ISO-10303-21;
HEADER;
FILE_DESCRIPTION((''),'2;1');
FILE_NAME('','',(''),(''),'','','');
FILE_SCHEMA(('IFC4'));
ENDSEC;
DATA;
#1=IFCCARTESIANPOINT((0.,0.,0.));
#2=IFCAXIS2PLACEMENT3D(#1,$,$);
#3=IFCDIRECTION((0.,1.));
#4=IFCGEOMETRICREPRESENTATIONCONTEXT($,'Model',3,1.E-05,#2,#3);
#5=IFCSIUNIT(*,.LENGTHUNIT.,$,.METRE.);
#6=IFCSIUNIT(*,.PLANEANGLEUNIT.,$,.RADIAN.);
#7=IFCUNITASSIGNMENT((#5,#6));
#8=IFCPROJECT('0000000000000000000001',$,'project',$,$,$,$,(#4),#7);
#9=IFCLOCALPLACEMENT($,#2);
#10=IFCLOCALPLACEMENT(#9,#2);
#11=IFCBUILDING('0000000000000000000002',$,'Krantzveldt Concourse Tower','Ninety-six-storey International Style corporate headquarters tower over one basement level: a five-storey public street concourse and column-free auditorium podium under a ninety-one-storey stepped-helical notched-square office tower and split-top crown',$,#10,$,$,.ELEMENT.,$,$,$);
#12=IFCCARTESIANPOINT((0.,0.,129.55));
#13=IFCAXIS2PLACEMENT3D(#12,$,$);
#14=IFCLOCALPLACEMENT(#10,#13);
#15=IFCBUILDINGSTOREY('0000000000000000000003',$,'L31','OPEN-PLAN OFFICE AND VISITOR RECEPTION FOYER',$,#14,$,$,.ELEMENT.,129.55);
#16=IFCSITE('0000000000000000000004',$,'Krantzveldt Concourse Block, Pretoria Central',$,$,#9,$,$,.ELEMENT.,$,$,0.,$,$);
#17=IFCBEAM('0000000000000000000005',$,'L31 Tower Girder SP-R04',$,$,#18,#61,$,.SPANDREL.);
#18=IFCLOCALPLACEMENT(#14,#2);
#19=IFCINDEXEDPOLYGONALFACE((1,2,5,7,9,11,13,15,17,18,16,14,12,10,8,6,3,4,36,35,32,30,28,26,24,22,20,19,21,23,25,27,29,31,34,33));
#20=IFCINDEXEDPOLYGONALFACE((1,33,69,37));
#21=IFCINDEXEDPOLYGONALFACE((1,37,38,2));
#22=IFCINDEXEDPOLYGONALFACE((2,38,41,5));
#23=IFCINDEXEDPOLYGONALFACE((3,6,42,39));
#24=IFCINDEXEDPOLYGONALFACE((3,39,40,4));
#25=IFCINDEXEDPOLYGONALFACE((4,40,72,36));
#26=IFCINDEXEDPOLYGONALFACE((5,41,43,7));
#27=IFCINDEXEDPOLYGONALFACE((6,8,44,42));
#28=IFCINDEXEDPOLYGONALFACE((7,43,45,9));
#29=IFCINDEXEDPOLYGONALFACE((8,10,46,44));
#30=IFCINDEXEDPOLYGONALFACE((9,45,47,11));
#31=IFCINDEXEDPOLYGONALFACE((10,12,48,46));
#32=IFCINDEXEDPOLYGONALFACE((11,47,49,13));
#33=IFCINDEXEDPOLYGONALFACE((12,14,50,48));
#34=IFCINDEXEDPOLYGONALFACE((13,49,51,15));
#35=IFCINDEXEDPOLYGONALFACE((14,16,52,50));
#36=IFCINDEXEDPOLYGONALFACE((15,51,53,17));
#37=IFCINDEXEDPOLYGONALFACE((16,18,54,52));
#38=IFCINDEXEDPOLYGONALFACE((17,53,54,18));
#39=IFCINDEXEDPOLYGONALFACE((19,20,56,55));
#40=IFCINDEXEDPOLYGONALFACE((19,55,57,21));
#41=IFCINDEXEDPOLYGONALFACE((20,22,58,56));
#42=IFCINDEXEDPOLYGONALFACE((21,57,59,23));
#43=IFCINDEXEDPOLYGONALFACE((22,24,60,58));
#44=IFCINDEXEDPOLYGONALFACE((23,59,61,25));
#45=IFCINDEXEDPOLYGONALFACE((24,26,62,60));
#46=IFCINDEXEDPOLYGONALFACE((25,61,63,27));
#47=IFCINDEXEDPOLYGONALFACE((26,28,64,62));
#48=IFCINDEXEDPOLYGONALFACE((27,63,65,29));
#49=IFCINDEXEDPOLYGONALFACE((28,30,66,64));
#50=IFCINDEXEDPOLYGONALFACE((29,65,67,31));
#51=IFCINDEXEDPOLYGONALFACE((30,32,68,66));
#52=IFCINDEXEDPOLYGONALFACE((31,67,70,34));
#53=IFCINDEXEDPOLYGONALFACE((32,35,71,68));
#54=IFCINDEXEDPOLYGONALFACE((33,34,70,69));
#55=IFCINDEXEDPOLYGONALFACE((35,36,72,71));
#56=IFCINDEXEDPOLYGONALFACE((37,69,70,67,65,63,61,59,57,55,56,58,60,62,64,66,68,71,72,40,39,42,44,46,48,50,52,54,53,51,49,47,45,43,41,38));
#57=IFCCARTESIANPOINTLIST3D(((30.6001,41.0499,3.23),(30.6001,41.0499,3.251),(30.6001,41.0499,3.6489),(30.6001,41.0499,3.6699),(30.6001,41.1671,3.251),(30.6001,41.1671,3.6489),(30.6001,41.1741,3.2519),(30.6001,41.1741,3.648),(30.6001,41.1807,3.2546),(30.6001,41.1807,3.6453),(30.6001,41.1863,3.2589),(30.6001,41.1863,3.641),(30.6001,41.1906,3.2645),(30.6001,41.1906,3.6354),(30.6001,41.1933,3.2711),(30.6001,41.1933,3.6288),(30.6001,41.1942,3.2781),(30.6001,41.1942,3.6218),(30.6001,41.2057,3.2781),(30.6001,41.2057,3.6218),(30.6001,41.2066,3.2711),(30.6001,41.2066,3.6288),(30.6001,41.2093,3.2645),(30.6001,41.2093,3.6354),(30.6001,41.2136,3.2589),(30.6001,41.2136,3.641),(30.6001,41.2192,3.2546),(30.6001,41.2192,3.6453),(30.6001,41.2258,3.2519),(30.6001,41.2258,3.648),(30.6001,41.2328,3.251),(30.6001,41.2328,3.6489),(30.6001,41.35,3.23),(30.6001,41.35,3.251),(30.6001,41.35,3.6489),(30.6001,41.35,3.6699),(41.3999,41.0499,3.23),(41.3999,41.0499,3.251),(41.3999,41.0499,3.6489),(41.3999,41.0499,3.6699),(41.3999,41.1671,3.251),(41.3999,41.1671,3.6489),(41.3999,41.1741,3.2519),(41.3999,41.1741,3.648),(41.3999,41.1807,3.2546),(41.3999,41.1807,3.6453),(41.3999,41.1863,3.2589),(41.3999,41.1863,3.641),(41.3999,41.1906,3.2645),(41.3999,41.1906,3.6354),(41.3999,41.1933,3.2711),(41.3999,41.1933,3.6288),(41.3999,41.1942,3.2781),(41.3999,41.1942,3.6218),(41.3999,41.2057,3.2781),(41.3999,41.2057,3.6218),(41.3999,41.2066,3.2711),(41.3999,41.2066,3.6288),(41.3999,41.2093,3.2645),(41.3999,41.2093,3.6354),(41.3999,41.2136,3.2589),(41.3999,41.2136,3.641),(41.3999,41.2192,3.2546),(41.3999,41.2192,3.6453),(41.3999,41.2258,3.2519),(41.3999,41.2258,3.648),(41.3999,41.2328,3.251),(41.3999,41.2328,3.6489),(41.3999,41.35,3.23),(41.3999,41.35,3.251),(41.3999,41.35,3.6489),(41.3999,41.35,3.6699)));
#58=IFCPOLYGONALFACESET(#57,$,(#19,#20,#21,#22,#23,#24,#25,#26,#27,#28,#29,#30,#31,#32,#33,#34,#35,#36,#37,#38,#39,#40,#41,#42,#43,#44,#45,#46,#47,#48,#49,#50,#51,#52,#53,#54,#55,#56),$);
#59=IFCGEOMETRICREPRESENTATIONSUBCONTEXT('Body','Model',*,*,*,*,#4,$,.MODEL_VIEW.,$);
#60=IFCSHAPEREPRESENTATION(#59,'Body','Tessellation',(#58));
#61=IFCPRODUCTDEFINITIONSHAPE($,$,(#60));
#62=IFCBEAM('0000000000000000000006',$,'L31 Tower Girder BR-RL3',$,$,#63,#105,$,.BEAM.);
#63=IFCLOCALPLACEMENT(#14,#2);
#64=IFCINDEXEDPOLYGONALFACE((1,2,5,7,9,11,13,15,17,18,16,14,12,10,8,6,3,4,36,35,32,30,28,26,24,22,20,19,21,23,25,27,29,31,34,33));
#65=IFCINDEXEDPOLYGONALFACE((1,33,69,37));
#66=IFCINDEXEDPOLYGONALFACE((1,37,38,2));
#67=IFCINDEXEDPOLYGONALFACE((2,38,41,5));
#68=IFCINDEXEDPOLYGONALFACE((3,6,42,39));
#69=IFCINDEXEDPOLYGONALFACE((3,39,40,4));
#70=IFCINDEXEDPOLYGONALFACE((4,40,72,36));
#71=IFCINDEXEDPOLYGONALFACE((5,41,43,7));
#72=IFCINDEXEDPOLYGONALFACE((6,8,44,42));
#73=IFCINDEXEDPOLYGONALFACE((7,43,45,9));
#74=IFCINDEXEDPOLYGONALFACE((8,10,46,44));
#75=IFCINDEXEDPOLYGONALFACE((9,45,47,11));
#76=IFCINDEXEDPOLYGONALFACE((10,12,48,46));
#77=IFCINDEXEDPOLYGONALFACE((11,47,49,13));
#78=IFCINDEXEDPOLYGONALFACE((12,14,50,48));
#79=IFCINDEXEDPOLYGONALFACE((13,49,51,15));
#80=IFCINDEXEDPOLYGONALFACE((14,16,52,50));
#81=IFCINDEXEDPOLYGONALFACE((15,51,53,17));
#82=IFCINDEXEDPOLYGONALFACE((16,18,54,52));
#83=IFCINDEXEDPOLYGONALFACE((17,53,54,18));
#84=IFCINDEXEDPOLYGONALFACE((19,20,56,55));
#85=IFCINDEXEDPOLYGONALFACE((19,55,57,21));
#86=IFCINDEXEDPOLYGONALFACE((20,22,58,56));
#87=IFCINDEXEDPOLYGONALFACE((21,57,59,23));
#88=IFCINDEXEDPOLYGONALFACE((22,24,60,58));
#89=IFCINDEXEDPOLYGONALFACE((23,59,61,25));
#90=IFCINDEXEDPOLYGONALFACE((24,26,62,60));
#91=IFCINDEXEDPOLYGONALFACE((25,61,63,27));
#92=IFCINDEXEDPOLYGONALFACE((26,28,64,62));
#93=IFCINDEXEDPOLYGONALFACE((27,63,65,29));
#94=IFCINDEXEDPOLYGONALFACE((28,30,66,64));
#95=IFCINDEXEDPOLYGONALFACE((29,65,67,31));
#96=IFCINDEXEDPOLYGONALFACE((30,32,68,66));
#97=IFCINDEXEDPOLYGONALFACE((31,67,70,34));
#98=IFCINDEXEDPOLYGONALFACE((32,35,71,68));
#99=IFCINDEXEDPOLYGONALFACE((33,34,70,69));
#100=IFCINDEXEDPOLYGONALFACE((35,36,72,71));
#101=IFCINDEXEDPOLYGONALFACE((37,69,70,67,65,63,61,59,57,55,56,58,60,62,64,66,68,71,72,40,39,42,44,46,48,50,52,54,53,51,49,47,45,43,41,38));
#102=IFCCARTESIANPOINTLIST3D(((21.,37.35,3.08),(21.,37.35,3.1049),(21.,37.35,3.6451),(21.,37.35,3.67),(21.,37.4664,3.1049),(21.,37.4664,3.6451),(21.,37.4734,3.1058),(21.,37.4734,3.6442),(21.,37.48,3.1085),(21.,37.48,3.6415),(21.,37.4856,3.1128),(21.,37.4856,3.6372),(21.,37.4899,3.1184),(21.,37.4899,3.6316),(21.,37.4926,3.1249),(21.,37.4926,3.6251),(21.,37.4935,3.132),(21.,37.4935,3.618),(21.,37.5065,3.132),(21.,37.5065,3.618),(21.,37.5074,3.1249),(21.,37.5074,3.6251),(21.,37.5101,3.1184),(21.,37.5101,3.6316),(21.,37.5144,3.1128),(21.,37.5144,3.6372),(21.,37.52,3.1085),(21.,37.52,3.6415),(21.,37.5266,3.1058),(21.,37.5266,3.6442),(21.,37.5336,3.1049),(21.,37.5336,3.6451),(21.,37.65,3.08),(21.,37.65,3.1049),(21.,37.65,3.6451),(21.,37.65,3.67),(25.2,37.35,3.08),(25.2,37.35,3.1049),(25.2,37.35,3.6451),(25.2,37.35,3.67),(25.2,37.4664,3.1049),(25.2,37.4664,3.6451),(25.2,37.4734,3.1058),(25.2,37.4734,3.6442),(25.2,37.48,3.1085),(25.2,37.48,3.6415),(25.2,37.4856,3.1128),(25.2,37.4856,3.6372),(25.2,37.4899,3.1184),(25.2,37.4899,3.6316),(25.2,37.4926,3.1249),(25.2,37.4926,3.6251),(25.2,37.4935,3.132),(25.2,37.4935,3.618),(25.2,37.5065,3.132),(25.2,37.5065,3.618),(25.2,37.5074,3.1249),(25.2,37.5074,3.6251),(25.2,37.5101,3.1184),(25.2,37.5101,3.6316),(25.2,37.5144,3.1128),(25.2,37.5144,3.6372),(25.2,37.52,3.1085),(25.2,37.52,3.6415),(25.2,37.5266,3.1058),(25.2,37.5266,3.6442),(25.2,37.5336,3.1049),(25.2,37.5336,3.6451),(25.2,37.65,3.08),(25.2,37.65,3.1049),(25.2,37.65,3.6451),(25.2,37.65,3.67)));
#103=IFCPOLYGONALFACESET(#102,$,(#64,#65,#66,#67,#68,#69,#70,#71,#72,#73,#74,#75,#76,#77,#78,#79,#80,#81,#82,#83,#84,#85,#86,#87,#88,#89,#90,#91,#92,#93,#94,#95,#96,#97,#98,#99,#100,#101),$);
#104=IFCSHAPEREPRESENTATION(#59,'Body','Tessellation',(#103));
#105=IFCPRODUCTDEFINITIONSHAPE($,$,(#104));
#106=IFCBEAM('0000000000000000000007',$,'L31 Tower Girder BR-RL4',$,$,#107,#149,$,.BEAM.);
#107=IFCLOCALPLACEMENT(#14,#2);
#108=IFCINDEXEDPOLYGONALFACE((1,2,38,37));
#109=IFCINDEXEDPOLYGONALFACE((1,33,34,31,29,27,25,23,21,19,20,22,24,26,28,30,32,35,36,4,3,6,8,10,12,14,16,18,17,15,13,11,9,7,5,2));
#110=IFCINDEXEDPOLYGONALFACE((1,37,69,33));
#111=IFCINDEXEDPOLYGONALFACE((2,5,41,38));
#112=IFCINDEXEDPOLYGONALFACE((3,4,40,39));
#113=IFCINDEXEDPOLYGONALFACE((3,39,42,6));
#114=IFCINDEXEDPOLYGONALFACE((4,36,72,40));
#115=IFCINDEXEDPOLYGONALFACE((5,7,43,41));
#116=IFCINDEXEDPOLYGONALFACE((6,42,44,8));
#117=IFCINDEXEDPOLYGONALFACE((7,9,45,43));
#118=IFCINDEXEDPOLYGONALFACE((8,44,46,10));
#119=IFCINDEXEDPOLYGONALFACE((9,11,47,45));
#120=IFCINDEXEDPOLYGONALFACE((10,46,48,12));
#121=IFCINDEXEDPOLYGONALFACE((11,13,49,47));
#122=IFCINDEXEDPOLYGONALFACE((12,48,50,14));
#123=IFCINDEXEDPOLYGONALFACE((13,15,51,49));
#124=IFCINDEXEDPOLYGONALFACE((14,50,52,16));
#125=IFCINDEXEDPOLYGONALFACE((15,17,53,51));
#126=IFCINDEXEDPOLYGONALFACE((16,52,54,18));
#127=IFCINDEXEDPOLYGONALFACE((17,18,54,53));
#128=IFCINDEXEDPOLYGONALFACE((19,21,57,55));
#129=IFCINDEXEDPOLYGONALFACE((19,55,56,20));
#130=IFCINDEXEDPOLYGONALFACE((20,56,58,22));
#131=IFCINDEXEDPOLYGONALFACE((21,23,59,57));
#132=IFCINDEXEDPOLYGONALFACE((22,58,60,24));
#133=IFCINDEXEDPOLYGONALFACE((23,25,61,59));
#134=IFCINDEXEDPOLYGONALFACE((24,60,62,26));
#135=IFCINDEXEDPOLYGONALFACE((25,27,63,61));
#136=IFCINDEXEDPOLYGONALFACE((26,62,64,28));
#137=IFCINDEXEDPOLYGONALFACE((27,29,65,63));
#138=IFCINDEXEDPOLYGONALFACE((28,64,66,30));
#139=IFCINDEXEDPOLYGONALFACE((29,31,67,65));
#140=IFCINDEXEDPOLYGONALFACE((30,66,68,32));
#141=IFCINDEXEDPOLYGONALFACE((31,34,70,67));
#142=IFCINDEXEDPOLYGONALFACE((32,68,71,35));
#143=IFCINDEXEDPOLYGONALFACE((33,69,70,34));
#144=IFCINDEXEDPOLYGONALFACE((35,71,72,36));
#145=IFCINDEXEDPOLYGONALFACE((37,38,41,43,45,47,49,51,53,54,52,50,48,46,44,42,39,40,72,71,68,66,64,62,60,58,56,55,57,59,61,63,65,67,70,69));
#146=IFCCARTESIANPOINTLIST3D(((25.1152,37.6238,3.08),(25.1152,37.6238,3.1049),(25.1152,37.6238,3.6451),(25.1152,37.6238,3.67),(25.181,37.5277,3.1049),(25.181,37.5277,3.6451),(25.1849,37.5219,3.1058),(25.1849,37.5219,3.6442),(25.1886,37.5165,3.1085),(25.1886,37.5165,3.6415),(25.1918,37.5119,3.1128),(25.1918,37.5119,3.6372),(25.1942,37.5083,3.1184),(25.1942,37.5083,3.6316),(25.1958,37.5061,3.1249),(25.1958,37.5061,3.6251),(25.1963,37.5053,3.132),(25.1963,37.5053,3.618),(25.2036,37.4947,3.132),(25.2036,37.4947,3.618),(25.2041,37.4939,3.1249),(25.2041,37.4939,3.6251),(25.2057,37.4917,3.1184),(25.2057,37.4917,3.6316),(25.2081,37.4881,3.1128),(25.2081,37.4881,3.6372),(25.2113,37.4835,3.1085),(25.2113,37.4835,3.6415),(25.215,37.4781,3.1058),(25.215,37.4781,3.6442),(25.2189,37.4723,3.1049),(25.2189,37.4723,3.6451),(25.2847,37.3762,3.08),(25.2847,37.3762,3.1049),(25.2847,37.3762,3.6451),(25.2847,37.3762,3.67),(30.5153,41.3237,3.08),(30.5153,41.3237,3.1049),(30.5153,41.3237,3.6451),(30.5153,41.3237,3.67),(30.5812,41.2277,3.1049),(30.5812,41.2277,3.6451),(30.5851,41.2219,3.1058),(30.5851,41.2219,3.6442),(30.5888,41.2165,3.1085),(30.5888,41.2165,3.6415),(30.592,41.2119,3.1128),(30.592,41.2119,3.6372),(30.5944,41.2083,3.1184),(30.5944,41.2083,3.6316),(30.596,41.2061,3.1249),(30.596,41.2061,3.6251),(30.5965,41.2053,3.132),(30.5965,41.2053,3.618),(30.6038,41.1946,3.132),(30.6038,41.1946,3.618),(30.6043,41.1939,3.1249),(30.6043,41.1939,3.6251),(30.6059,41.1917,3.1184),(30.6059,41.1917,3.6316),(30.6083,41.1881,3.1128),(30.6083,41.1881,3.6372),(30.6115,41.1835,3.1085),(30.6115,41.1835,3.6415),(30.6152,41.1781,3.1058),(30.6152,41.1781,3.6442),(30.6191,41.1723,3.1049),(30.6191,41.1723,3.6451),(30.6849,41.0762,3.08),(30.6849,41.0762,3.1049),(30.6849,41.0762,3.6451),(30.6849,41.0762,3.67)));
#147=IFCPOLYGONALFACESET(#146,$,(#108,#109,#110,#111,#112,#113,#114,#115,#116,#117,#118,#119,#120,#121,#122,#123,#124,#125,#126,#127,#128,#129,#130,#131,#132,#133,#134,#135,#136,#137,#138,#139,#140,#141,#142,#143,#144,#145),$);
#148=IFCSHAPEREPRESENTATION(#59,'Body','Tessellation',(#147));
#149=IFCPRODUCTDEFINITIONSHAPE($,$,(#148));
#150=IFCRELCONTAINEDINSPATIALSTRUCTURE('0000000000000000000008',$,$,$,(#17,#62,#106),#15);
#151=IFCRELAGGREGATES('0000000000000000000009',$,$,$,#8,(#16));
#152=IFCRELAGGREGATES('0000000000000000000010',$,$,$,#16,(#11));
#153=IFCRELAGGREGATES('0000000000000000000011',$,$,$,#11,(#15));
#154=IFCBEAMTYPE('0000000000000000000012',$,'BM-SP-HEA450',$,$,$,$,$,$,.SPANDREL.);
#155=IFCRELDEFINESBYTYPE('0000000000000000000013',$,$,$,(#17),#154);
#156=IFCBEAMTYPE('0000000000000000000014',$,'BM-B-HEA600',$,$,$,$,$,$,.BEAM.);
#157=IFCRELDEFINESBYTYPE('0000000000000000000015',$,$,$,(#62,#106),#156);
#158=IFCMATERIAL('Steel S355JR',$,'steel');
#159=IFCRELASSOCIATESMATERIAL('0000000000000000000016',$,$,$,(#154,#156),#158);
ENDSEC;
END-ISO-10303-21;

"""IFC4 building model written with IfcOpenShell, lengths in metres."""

from ifc_helpers import new_model, si_unit, direction, frame, origin, origin_2d, place, context, subcontext, project, spatial, i_section, extrude, source, transform, mapped, material, material_profile, profile_set, type_object, type_shapes, element, save


model = new_model("IFC4")

# Units and contexts
model_context = context("Model", 3, precision=1e-05, world=origin(), true_north=direction((0.0, 1.0)))
body_context = subcontext(model_context, "Body", "Model", "MODEL_VIEW")
ifc_project = project(units=[si_unit("LENGTHUNIT", "METRE"), si_unit("PLANEANGLEUNIT", "RADIAN")], contexts=[model_context])

# Site, building, storey
site_placement = place(None, origin())
site = spatial("IfcSite", under=ifc_project, at=site_placement, Name="Krantzveldt Concourse Block, Pretoria Central", CompositionType="ELEMENT", RefElevation=0.0)
building_placement = place(site_placement, origin())
building = spatial("IfcBuilding", under=site, at=building_placement, Name="Krantzveldt Concourse Tower", Description="Ninety-six-storey International Style corporate headquarters tower over one basement level: a five-storey public street concourse and column-free auditorium podium under a ninety-one-storey stepped-helical notched-square office tower and split-top crown", CompositionType="ELEMENT")
storey_placement = place(building_placement, frame((0.0, 0.0, 129.55)))
storey = spatial("IfcBuildingStorey", under=building, at=storey_placement, Name="L31", Description="OPEN-PLAN OFFICE AND VISITOR RECEPTION FOYER", CompositionType="ELEMENT", Elevation=129.55)

# Beams
ifc_material_1 = material(Name="Steel S355JR", Category="steel")
ifc_material_profile_1 = material_profile(ifc_material_1, i_section(OverallWidth=0.3, OverallDepth=0.4399, WebThickness=0.0115, FlangeThickness=0.021, FilletRadius=0.0271, at=origin_2d()), Name="Steel S355JR", Category="steel")
ifc_profile_set_1 = profile_set([ifc_material_profile_1], Name="Steel S355JR - HEA 450")
beam_type_1 = type_object("IfcBeamType", Name="BM-SP-HEA450", PredefinedType="SPANDREL", material=ifc_profile_set_1)
shared_shape_1 = source(origin(), body_context, "Body", "SweptSolid", [
    extrude(i_section(OverallWidth=0.3, OverallDepth=0.4399, WebThickness=0.0115, FlangeThickness=0.021, FilletRadius=0.0271, at=origin_2d()), origin(), (0.0, 0.0, 1.0), 10.7998),
])
beam_1_placement = place(storey_placement, frame((30.6001, 41.2, 3.45), z_axis=(1.0, 0.0, 0.0), x_axis=(0.0, 1.0, 0.0)))
element("IfcBeam", 1, at=beam_1_placement, inside=storey, type_object=beam_type_1, Name="L31 Tower Girder SP-R04", PredefinedType="SPANDREL", context=body_context, shape_type="MappedRepresentation", body=[
    mapped(shared_shape_1, transform((0.0, 0.0, 0.0), x_axis=(1.0, 0.0, 0.0), y_axis=(0.0, 1.0, 0.0), z_axis=(0.0, 0.0, 1.0), scale=1.0)),
])
ifc_material_profile_2 = material_profile(ifc_material_1, i_section(OverallWidth=0.3, OverallDepth=0.5901, WebThickness=0.0129, FlangeThickness=0.0249, FilletRadius=0.0271, at=origin_2d()), Name="Steel S355JR", Category="steel")
ifc_profile_set_2 = profile_set([ifc_material_profile_2], Name="Steel S355JR - HEA 600")
beam_type_2 = type_object("IfcBeamType", Name="BM-B-HEA600", PredefinedType="BEAM", material=ifc_profile_set_2)
shared_shape_2 = source(origin(), body_context, "Body", "SweptSolid", [
    extrude(i_section(OverallWidth=0.3, OverallDepth=0.5901, WebThickness=0.0129, FlangeThickness=0.0249, FilletRadius=0.0271, at=origin_2d()), origin(), (0.0, 0.0, 1.0), 4.2),
])
beam_2_placement = place(storey_placement, frame((21.0, 37.5, 3.375), z_axis=(1.0, 0.0, 0.0), x_axis=(0.0, 1.0, 0.0)))
element("IfcBeam", 2, at=beam_2_placement, inside=storey, type_object=beam_type_2, Name="L31 Tower Girder BR-RL3", PredefinedType="BEAM", context=body_context, shape_type="MappedRepresentation", body=[
    mapped(shared_shape_2, transform((0.0, 0.0, 0.0), x_axis=(1.0, 0.0, 0.0), y_axis=(0.0, 1.0, 0.0), z_axis=(0.0, 0.0, 1.0), scale=1.0)),
])
shared_shape_3 = source(origin(), body_context, "Body", "SweptSolid", [
    extrude(i_section(OverallWidth=0.3, OverallDepth=0.5901, WebThickness=0.0129, FlangeThickness=0.0249, FilletRadius=0.0271, at=origin_2d()), origin(), (0.0, 0.0, 1.0), 6.5461),
])
type_shapes(beam_type_2, [shared_shape_2, shared_shape_3])
beam_3_placement = place(storey_placement, frame((25.2, 37.5, 3.375), z_axis=(0.824943, 0.565216, 0.0), x_axis=(-0.565216, 0.824943, 0.0)))
element("IfcBeam", 3, at=beam_3_placement, inside=storey, type_object=beam_type_2, Name="L31 Tower Girder BR-RL4", PredefinedType="BEAM", context=body_context, shape_type="MappedRepresentation", body=[
    mapped(shared_shape_3, transform((0.0, 0.0, 0.0), x_axis=(1.0, 0.0, 0.0), y_axis=(0.0, 1.0, 0.0), z_axis=(0.0, 0.0, 1.0), scale=1.0)),
])

save(model, "model.ifc")
